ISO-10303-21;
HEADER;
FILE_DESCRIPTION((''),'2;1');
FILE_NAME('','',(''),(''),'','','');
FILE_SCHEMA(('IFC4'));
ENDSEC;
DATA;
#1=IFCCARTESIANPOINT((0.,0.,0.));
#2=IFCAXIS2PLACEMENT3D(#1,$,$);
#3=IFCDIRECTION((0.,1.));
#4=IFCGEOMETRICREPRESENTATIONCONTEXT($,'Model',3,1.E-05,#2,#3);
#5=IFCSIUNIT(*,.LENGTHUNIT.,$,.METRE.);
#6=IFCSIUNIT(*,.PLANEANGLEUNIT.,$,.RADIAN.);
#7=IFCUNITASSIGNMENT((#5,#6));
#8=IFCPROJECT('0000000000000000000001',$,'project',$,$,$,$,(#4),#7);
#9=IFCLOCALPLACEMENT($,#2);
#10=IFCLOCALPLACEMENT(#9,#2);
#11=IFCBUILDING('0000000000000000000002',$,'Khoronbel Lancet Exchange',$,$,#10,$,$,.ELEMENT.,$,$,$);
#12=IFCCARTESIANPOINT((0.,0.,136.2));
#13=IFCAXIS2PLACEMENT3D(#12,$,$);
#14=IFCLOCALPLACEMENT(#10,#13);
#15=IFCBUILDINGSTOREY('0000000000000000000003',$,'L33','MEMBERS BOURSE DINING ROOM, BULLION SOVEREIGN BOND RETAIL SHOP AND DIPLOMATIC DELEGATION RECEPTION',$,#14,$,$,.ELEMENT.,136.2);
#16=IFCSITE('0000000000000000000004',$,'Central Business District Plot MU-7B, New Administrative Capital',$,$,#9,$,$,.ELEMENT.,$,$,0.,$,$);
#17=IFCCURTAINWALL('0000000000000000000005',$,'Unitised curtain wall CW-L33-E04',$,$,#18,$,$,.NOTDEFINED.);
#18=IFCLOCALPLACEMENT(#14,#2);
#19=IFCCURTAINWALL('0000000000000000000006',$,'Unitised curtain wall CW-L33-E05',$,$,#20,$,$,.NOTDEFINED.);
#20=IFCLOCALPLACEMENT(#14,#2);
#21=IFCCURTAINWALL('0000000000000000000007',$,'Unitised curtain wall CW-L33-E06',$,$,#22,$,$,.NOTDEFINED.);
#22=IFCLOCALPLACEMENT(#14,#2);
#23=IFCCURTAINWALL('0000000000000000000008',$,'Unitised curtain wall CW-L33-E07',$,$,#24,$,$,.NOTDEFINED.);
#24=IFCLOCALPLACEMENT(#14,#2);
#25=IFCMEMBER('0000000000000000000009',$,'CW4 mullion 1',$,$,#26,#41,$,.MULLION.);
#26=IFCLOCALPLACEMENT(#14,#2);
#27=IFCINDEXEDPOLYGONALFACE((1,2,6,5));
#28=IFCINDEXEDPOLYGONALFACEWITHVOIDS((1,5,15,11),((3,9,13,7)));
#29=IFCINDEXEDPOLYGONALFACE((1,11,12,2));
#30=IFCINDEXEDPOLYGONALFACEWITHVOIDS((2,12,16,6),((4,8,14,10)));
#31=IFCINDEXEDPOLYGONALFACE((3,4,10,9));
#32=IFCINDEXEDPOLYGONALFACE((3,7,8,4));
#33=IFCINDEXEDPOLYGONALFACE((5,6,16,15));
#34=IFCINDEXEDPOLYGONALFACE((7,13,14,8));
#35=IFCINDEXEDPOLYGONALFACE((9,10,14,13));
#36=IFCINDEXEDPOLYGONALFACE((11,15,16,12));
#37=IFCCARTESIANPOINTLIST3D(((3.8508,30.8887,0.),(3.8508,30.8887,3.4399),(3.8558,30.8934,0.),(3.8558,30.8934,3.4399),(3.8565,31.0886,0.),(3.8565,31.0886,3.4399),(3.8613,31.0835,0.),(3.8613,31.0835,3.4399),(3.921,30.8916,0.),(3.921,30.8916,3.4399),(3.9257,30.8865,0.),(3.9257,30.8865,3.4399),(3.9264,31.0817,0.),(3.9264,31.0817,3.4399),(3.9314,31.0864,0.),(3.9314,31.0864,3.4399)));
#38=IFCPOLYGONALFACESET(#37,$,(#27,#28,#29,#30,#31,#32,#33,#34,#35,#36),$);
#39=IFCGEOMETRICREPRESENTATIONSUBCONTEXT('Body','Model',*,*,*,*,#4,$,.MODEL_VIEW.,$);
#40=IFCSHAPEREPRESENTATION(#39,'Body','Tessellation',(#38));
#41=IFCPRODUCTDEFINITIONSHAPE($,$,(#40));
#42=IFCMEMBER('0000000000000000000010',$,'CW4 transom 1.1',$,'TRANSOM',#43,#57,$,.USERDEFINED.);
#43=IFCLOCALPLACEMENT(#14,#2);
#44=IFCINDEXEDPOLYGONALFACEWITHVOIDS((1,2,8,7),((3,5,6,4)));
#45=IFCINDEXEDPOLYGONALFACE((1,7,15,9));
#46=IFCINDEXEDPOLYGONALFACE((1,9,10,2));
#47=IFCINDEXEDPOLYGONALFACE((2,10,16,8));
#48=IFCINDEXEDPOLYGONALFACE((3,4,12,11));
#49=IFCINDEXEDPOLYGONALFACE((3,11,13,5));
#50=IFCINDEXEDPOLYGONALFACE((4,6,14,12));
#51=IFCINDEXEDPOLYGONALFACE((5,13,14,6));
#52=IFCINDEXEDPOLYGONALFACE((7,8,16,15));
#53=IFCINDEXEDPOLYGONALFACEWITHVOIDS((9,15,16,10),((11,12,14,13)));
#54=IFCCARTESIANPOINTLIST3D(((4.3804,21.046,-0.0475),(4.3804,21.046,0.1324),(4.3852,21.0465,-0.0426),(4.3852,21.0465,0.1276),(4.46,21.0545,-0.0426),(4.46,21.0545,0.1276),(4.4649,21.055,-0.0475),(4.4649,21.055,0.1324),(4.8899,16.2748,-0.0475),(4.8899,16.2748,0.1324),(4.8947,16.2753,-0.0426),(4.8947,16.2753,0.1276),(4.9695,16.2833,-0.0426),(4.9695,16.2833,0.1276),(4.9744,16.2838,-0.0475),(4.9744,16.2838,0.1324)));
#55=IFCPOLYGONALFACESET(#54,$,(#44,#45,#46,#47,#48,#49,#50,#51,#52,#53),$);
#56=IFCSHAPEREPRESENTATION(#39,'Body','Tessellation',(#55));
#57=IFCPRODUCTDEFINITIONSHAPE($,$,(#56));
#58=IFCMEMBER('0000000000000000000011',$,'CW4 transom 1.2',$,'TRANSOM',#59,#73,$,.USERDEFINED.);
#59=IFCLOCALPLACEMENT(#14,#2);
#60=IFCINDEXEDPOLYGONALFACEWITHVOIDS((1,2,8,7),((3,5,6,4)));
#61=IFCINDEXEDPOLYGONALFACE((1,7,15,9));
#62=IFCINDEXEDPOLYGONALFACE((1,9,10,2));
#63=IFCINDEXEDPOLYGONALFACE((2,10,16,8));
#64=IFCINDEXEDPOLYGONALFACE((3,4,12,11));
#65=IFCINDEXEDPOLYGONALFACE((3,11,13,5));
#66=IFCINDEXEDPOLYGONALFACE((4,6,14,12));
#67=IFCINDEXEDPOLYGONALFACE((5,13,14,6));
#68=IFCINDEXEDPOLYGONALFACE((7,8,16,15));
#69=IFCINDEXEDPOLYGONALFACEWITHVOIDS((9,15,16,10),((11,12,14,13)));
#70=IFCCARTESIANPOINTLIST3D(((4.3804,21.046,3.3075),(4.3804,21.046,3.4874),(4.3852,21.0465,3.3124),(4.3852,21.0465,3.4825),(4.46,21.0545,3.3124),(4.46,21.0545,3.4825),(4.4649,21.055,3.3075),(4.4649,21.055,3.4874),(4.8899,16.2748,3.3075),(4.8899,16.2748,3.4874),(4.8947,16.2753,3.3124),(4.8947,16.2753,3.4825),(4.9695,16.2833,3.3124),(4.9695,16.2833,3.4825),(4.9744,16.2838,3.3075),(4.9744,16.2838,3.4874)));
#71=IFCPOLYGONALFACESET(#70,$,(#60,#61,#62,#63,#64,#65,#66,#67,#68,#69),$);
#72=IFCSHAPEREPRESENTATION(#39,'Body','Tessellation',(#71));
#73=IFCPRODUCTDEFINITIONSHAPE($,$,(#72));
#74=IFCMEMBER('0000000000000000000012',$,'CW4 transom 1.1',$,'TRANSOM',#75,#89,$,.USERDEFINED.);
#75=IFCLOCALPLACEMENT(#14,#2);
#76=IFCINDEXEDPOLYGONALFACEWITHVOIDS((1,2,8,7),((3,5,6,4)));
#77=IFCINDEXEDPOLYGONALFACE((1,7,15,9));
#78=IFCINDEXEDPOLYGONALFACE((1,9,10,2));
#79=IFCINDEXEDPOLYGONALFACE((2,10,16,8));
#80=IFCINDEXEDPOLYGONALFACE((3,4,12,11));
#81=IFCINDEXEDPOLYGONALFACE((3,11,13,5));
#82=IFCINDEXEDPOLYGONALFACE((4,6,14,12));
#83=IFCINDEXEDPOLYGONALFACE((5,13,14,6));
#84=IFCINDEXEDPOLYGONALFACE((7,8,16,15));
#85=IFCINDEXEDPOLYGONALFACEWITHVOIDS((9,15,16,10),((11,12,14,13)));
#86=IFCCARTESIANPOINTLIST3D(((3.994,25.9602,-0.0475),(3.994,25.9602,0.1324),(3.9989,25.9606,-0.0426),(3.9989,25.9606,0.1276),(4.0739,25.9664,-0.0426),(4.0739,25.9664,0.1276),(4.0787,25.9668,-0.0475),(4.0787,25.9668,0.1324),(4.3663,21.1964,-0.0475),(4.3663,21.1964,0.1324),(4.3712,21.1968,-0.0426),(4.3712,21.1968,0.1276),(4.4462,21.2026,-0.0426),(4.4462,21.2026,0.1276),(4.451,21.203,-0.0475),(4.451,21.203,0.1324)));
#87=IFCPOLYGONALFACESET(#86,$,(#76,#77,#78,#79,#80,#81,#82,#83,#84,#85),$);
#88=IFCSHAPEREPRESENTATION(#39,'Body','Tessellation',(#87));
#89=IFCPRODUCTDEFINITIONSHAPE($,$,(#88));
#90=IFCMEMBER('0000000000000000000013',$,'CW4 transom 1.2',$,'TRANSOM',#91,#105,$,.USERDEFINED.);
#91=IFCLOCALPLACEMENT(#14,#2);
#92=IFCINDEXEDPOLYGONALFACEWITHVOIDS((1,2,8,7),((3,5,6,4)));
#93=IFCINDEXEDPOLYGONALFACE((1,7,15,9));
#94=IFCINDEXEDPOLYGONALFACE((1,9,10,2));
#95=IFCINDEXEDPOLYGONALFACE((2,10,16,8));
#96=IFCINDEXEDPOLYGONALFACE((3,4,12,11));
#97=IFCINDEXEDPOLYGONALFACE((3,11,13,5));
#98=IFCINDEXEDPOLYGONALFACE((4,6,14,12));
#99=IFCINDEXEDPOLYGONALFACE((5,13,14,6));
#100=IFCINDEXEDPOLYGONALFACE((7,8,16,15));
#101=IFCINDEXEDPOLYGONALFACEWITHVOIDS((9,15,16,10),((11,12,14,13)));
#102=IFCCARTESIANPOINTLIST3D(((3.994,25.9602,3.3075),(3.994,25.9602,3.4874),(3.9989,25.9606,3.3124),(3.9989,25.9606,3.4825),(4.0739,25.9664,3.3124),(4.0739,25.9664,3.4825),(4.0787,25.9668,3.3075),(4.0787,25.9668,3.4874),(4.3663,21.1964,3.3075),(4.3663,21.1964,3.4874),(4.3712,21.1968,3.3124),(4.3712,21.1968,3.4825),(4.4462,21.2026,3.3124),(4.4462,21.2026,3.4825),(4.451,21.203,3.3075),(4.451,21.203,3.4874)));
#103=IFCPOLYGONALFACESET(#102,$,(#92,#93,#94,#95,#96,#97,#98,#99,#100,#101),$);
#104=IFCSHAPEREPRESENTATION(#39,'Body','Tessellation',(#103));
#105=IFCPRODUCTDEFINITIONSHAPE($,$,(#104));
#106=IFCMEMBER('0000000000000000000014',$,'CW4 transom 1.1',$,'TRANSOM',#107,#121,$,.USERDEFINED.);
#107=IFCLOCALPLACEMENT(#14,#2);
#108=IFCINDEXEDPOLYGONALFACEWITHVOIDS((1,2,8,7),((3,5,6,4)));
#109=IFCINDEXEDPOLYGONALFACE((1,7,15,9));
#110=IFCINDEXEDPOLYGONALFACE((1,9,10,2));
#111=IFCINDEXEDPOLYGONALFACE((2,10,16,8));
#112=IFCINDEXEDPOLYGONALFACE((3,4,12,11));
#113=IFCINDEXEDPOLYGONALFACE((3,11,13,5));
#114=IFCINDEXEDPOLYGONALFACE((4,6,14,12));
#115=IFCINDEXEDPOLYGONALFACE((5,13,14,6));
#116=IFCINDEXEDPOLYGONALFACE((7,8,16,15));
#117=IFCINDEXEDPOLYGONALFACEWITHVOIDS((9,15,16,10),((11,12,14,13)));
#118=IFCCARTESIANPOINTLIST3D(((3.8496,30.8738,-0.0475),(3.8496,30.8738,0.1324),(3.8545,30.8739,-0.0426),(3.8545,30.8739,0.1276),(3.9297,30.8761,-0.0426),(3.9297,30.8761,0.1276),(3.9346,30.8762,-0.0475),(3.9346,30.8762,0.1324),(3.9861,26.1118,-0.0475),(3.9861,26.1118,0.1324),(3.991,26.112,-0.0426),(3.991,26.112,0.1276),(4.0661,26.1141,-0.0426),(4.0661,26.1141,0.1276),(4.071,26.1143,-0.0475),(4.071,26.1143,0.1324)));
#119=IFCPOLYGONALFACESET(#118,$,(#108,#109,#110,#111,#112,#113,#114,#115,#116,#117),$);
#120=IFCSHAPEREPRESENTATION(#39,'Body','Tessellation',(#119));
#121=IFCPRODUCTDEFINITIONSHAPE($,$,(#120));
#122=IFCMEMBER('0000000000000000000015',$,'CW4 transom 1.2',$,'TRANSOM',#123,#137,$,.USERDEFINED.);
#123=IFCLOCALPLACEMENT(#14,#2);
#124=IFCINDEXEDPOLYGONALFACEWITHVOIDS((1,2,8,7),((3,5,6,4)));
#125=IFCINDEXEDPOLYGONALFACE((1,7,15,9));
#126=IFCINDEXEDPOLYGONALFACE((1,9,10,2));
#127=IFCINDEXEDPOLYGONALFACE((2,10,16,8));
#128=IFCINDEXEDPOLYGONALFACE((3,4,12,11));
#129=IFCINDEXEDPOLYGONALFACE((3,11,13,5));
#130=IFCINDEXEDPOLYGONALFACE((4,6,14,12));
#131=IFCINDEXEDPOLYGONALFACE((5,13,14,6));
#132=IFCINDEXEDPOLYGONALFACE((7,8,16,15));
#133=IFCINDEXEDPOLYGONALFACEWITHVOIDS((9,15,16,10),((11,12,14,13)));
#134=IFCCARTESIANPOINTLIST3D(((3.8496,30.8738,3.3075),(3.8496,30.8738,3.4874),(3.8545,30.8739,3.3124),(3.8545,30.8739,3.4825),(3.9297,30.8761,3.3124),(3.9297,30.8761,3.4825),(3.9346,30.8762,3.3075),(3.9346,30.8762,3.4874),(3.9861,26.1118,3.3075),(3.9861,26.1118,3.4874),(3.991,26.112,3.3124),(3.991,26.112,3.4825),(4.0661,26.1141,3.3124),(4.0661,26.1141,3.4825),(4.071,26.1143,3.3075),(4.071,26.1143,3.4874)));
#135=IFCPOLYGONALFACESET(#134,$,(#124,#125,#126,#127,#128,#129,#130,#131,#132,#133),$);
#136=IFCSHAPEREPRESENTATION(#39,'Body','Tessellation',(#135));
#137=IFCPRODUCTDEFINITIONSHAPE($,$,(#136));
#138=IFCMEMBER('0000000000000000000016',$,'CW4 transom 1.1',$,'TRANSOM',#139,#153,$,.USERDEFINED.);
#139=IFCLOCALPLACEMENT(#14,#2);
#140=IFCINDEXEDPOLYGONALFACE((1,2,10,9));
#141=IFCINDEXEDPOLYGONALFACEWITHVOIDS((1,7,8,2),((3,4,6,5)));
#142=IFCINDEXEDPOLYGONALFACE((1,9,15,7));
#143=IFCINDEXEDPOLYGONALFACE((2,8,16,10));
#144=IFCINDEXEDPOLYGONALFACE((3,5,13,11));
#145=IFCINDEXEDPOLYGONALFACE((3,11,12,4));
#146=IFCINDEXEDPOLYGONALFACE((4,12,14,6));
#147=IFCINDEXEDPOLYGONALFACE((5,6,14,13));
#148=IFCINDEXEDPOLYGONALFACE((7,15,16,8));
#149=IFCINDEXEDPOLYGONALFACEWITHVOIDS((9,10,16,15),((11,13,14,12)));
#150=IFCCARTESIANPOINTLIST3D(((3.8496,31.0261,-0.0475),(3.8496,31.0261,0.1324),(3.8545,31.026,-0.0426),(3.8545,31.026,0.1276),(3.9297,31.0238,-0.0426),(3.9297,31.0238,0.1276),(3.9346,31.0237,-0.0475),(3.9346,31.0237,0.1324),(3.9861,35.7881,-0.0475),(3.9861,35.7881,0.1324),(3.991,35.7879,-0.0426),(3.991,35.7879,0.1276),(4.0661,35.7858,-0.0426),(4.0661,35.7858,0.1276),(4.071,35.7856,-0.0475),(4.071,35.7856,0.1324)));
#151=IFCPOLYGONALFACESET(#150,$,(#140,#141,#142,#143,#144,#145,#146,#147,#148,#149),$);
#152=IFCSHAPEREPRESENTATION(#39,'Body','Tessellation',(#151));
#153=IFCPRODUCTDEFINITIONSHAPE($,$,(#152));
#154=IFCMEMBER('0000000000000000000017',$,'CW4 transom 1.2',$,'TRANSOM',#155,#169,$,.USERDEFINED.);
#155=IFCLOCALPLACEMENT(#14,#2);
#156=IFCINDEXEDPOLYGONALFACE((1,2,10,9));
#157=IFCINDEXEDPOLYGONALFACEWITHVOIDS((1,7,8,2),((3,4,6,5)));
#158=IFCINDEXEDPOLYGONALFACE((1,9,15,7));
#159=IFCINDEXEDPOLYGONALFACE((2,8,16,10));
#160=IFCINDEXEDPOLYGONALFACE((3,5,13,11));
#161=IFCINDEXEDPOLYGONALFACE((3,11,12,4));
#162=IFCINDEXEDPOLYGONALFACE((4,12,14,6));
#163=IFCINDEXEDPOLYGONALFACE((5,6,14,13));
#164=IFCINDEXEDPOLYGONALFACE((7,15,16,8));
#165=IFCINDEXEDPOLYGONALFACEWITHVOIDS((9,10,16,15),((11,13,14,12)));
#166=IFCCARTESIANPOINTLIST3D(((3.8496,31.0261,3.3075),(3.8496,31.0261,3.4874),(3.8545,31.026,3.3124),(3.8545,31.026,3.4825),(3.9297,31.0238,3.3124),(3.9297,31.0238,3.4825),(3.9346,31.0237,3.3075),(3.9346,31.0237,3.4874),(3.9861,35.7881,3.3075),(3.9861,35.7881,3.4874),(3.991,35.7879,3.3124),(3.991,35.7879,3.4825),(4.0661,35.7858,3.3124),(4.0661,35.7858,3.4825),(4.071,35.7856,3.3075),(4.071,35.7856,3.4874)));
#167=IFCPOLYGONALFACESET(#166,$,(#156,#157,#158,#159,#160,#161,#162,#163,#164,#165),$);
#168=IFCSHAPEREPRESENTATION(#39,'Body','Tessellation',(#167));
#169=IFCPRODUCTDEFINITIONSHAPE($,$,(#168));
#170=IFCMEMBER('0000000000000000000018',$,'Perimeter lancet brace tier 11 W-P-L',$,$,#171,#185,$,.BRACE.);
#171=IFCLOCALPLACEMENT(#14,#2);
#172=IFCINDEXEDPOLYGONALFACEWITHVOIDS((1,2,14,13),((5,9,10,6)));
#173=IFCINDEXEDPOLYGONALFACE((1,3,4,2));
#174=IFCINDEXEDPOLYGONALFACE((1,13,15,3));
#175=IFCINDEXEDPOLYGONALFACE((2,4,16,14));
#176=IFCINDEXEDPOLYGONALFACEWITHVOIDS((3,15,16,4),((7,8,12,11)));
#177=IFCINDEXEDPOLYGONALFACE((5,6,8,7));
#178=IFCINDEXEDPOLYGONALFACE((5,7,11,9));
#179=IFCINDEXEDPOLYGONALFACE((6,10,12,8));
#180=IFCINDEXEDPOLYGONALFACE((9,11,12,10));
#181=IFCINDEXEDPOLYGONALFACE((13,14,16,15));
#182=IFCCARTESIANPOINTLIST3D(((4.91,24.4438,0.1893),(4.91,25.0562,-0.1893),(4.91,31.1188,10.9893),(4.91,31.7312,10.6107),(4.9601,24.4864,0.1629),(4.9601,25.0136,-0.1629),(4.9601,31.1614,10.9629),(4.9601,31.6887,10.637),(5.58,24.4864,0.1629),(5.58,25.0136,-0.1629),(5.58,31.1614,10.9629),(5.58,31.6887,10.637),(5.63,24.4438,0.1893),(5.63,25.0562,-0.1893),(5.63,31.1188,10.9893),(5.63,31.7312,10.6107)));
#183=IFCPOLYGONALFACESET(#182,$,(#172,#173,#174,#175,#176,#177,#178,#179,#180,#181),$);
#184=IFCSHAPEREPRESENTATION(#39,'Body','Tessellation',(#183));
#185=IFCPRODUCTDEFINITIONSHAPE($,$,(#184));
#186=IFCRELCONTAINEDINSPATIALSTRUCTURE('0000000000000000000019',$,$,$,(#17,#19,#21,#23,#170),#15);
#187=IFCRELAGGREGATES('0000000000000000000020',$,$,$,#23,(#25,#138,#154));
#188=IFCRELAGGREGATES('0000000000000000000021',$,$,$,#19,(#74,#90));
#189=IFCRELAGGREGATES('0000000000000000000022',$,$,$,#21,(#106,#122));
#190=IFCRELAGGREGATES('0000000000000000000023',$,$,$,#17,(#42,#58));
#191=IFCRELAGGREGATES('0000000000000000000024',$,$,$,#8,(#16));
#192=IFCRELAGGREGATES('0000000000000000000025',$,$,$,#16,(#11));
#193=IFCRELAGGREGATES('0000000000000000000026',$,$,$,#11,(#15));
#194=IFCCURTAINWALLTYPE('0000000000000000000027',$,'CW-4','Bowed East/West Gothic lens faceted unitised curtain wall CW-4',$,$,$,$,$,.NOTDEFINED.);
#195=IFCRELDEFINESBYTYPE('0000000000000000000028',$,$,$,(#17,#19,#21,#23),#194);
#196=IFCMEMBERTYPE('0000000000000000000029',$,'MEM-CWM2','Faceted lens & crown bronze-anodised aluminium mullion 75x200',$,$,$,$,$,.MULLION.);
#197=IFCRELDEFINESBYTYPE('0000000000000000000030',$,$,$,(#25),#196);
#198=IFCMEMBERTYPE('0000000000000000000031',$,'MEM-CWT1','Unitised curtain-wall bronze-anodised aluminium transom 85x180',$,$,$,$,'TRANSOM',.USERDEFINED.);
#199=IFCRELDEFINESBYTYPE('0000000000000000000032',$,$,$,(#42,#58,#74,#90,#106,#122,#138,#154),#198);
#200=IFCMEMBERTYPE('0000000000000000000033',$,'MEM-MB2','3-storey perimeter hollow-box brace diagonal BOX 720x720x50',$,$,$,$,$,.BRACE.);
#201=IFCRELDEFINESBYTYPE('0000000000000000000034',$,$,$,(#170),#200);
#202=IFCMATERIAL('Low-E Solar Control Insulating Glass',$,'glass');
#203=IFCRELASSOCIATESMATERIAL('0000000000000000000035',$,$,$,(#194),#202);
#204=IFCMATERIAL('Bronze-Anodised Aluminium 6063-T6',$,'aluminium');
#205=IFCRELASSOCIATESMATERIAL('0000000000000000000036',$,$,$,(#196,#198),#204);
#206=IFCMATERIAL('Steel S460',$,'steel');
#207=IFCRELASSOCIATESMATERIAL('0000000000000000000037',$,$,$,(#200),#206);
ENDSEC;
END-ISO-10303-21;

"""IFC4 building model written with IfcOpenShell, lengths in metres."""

from ifc_helpers import new_model, si_unit, direction, frame, origin, origin_2d, place, context, subcontext, project, spatial, hollow_rectangle, extrude, material, material_profile, profile_set, type_object, element, aggregate, save


model = new_model("IFC4")

# Units and contexts
model_context = context("Model", 3, precision=1e-05, world=origin(), true_north=direction((0.0, 1.0)))
body_context = subcontext(model_context, "Body", "Model", "MODEL_VIEW")
ifc_project = project(units=[si_unit("LENGTHUNIT", "METRE"), si_unit("PLANEANGLEUNIT", "RADIAN")], contexts=[model_context])

# Site, building, storey
site_placement = place(None, origin())
site = spatial("IfcSite", under=ifc_project, at=site_placement, Name="Central Business District Plot MU-7B, New Administrative Capital", CompositionType="ELEMENT", RefElevation=0.0)
building_placement = place(site_placement, origin())
building = spatial("IfcBuilding", under=site, at=building_placement, Name="Khoronbel Lancet Exchange", CompositionType="ELEMENT")
storey_placement = place(building_placement, frame((0.0, 0.0, 136.2)))
storey = spatial("IfcBuildingStorey", under=building, at=storey_placement, Name="L33", Description="MEMBERS BOURSE DINING ROOM, BULLION SOVEREIGN BOND RETAIL SHOP AND DIPLOMATIC DELEGATION RECEPTION", CompositionType="ELEMENT", Elevation=136.2)

# Curtain walls
ifc_material_1 = material(Name="Low-E Solar Control Insulating Glass", Category="glass")
curtain_wall_type = type_object("IfcCurtainWallType", Name="CW-4", Description="Bowed East/West Gothic lens faceted unitised curtain wall CW-4", PredefinedType="NOTDEFINED", material=ifc_material_1)
curtain_wall_1_placement = place(storey_placement, origin())
curtain_wall_1 = element("IfcCurtainWall", 1, at=curtain_wall_1_placement, inside=storey, type_object=curtain_wall_type, Name="Unitised curtain wall CW-L33-E04", PredefinedType="NOTDEFINED")
ifc_material_2 = material(Name="Bronze-Anodised Aluminium 6063-T6", Category="aluminium")
ifc_material_profile_1 = material_profile(ifc_material_2, hollow_rectangle(XDim=0.075, YDim=0.2, WallThickness=0.0049, at=origin_2d()), Name="ALU MULLION 75x200")
ifc_profile_set_1 = profile_set([ifc_material_profile_1], Name="Bronze-Anodised Aluminium 6063-T6")
member_type_1 = type_object("IfcMemberType", Name="MEM-CWM2", Description="Faceted lens & crown bronze-anodised aluminium mullion 75x200", PredefinedType="MULLION", material=ifc_profile_set_1)
curtain_wall_2_placement = place(storey_placement, origin())
curtain_wall_2 = element("IfcCurtainWall", 2, at=curtain_wall_2_placement, inside=storey, type_object=curtain_wall_type, Name="Unitised curtain wall CW-L33-E05", PredefinedType="NOTDEFINED")
curtain_wall_3_placement = place(storey_placement, origin())
curtain_wall_3 = element("IfcCurtainWall", 3, at=curtain_wall_3_placement, inside=storey, type_object=curtain_wall_type, Name="Unitised curtain wall CW-L33-E06", PredefinedType="NOTDEFINED")

# Curtain wall, member
curtain_wall_4_placement = place(storey_placement, origin())
curtain_wall_4 = element("IfcCurtainWall", 4, at=curtain_wall_4_placement, inside=storey, type_object=curtain_wall_type, Name="Unitised curtain wall CW-L33-E07", PredefinedType="NOTDEFINED")
member_1_placement = place(storey_placement, frame((3.8911, 30.9875, 0.0), z_axis=(0.0, 0.0, 1.0), x_axis=(-0.999591, 0.028613, 0.0)))
member_1 = element("IfcMember", 5, at=member_1_placement, type_object=member_type_1, Name="CW4 mullion 1", PredefinedType="MULLION", context=body_context, shape_type="SweptSolid", body=[
    extrude(hollow_rectangle(XDim=0.075, YDim=0.2, WallThickness=0.0049, at=origin_2d()), origin(), (0.0, 0.0, 1.0), 3.4399),
])

# Members
ifc_material_profile_2 = material_profile(ifc_material_2, hollow_rectangle(XDim=0.085, YDim=0.1799, WallThickness=0.0049, at=origin_2d()), Name="ALU TRANSOM 85x180")
ifc_profile_set_2 = profile_set([ifc_material_profile_2], Name="Bronze-Anodised Aluminium 6063-T6")
member_type_2 = type_object("IfcMemberType", Name="MEM-CWT1", Description="Unitised curtain-wall bronze-anodised aluminium transom 85x180", ElementType="TRANSOM", PredefinedType="USERDEFINED", material=ifc_profile_set_2)
member_2_placement = place(storey_placement, frame((4.9321, 16.2793, 0.0425), z_axis=(-0.106186, 0.994346, 0.0), x_axis=(-0.994346, -0.106186, 0.0)))
member_2 = element("IfcMember", 6, at=member_2_placement, type_object=member_type_2, Name="CW4 transom 1.1", ObjectType="TRANSOM", PredefinedType="USERDEFINED", context=body_context, shape_type="SweptSolid", body=[
    extrude(hollow_rectangle(XDim=0.085, YDim=0.1799, WallThickness=0.0049, at=origin_2d()), origin(), (0.0, 0.0, 1.0), 4.7983),
])
member_3_placement = place(storey_placement, frame((4.9321, 16.2793, 3.3975), z_axis=(-0.106186, 0.994346, 0.0), x_axis=(-0.994346, -0.106186, 0.0)))
member_3 = element("IfcMember", 7, at=member_3_placement, type_object=member_type_2, Name="CW4 transom 1.2", ObjectType="TRANSOM", PredefinedType="USERDEFINED", context=body_context, shape_type="SweptSolid", body=[
    extrude(hollow_rectangle(XDim=0.085, YDim=0.1799, WallThickness=0.0049, at=origin_2d()), origin(), (0.0, 0.0, 1.0), 4.7983),
])
member_4_placement = place(storey_placement, frame((4.4087, 21.1997, 0.0425), z_axis=(-0.077919, 0.99696, 0.0), x_axis=(-0.99696, -0.077919, 0.0)))
member_4 = element("IfcMember", 8, at=member_4_placement, type_object=member_type_2, Name="CW4 transom 1.1", ObjectType="TRANSOM", PredefinedType="USERDEFINED", context=body_context, shape_type="SweptSolid", body=[
    extrude(hollow_rectangle(XDim=0.085, YDim=0.1799, WallThickness=0.0049, at=origin_2d()), origin(), (0.0, 0.0, 1.0), 4.7783),
])
member_5_placement = place(storey_placement, frame((4.4087, 21.1997, 3.3975), z_axis=(-0.077919, 0.99696, 0.0), x_axis=(-0.99696, -0.077919, 0.0)))
member_5 = element("IfcMember", 9, at=member_5_placement, type_object=member_type_2, Name="CW4 transom 1.2", ObjectType="TRANSOM", PredefinedType="USERDEFINED", context=body_context, shape_type="SweptSolid", body=[
    extrude(hollow_rectangle(XDim=0.085, YDim=0.1799, WallThickness=0.0049, at=origin_2d()), origin(), (0.0, 0.0, 1.0), 4.7783),
])
member_6_placement = place(storey_placement, frame((4.0286, 26.113, 0.0425), z_axis=(-0.028648, 0.99959, 0.0), x_axis=(-0.99959, -0.028648, 0.0)))
member_6 = element("IfcMember", 10, at=member_6_placement, type_object=member_type_2, Name="CW4 transom 1.1", ObjectType="TRANSOM", PredefinedType="USERDEFINED", context=body_context, shape_type="SweptSolid", body=[
    extrude(hollow_rectangle(XDim=0.085, YDim=0.1799, WallThickness=0.0049, at=origin_2d()), origin(), (0.0, 0.0, 1.0), 4.7639),
])
member_7_placement = place(storey_placement, frame((4.0286, 26.113, 3.3975), z_axis=(-0.028648, 0.99959, 0.0), x_axis=(-0.99959, -0.028648, 0.0)))
member_7 = element("IfcMember", 11, at=member_7_placement, type_object=member_type_2, Name="CW4 transom 1.2", ObjectType="TRANSOM", PredefinedType="USERDEFINED", context=body_context, shape_type="SweptSolid", body=[
    extrude(hollow_rectangle(XDim=0.085, YDim=0.1799, WallThickness=0.0049, at=origin_2d()), origin(), (0.0, 0.0, 1.0), 4.7639),
])
member_8_placement = place(storey_placement, frame((3.8921, 31.0249, 0.0425), z_axis=(0.028648, 0.99959, 0.0), x_axis=(-0.99959, 0.028648, 0.0)))
member_8 = element("IfcMember", 12, at=member_8_placement, type_object=member_type_2, Name="CW4 transom 1.1", ObjectType="TRANSOM", PredefinedType="USERDEFINED", context=body_context, shape_type="SweptSolid", body=[
    extrude(hollow_rectangle(XDim=0.085, YDim=0.1799, WallThickness=0.0049, at=origin_2d()), origin(), (0.0, 0.0, 1.0), 4.7639),
])
member_9_placement = place(storey_placement, frame((3.8921, 31.0249, 3.3975), z_axis=(0.028648, 0.99959, 0.0), x_axis=(-0.99959, 0.028648, 0.0)))
member_9 = element("IfcMember", 13, at=member_9_placement, type_object=member_type_2, Name="CW4 transom 1.2", ObjectType="TRANSOM", PredefinedType="USERDEFINED", context=body_context, shape_type="SweptSolid", body=[
    extrude(hollow_rectangle(XDim=0.085, YDim=0.1799, WallThickness=0.0049, at=origin_2d()), origin(), (0.0, 0.0, 1.0), 4.7639),
])
aggregate(curtain_wall_4, [member_1, member_8, member_9])
ifc_material_3 = material(Name="Steel S460", Category="steel")
ifc_material_profile_3 = material_profile(ifc_material_3, hollow_rectangle(XDim=0.72, YDim=0.72, WallThickness=0.05, at=origin_2d()), Name="BOX 720x720x50")
ifc_profile_set_3 = profile_set([ifc_material_profile_3], Name="Steel S460")
member_type_3 = type_object("IfcMemberType", Name="MEM-MB2", Description="3-storey perimeter hollow-box brace diagonal BOX 720x720x50", PredefinedType="BRACE", material=ifc_profile_set_3)
member_10_placement = place(storey_placement, frame((5.27, 24.75, 0.0), z_axis=(0.0, 0.525745, 0.850642), x_axis=(-1.0, 0.0, 0.0)))
element("IfcMember", 14, at=member_10_placement, inside=storey, type_object=member_type_3, Name="Perimeter lancet brace tier 11 W-P-L", PredefinedType="BRACE", context=body_context, shape_type="SweptSolid", body=[
    extrude(hollow_rectangle(XDim=0.72, YDim=0.72, WallThickness=0.05, at=origin_2d()), origin(), (0.0, 0.0, 1.0), 12.6963),
])

aggregate(curtain_wall_2, [member_4, member_5])
aggregate(curtain_wall_3, [member_6, member_7])
aggregate(curtain_wall_1, [member_2, member_3])

save(model, "model.ifc")
